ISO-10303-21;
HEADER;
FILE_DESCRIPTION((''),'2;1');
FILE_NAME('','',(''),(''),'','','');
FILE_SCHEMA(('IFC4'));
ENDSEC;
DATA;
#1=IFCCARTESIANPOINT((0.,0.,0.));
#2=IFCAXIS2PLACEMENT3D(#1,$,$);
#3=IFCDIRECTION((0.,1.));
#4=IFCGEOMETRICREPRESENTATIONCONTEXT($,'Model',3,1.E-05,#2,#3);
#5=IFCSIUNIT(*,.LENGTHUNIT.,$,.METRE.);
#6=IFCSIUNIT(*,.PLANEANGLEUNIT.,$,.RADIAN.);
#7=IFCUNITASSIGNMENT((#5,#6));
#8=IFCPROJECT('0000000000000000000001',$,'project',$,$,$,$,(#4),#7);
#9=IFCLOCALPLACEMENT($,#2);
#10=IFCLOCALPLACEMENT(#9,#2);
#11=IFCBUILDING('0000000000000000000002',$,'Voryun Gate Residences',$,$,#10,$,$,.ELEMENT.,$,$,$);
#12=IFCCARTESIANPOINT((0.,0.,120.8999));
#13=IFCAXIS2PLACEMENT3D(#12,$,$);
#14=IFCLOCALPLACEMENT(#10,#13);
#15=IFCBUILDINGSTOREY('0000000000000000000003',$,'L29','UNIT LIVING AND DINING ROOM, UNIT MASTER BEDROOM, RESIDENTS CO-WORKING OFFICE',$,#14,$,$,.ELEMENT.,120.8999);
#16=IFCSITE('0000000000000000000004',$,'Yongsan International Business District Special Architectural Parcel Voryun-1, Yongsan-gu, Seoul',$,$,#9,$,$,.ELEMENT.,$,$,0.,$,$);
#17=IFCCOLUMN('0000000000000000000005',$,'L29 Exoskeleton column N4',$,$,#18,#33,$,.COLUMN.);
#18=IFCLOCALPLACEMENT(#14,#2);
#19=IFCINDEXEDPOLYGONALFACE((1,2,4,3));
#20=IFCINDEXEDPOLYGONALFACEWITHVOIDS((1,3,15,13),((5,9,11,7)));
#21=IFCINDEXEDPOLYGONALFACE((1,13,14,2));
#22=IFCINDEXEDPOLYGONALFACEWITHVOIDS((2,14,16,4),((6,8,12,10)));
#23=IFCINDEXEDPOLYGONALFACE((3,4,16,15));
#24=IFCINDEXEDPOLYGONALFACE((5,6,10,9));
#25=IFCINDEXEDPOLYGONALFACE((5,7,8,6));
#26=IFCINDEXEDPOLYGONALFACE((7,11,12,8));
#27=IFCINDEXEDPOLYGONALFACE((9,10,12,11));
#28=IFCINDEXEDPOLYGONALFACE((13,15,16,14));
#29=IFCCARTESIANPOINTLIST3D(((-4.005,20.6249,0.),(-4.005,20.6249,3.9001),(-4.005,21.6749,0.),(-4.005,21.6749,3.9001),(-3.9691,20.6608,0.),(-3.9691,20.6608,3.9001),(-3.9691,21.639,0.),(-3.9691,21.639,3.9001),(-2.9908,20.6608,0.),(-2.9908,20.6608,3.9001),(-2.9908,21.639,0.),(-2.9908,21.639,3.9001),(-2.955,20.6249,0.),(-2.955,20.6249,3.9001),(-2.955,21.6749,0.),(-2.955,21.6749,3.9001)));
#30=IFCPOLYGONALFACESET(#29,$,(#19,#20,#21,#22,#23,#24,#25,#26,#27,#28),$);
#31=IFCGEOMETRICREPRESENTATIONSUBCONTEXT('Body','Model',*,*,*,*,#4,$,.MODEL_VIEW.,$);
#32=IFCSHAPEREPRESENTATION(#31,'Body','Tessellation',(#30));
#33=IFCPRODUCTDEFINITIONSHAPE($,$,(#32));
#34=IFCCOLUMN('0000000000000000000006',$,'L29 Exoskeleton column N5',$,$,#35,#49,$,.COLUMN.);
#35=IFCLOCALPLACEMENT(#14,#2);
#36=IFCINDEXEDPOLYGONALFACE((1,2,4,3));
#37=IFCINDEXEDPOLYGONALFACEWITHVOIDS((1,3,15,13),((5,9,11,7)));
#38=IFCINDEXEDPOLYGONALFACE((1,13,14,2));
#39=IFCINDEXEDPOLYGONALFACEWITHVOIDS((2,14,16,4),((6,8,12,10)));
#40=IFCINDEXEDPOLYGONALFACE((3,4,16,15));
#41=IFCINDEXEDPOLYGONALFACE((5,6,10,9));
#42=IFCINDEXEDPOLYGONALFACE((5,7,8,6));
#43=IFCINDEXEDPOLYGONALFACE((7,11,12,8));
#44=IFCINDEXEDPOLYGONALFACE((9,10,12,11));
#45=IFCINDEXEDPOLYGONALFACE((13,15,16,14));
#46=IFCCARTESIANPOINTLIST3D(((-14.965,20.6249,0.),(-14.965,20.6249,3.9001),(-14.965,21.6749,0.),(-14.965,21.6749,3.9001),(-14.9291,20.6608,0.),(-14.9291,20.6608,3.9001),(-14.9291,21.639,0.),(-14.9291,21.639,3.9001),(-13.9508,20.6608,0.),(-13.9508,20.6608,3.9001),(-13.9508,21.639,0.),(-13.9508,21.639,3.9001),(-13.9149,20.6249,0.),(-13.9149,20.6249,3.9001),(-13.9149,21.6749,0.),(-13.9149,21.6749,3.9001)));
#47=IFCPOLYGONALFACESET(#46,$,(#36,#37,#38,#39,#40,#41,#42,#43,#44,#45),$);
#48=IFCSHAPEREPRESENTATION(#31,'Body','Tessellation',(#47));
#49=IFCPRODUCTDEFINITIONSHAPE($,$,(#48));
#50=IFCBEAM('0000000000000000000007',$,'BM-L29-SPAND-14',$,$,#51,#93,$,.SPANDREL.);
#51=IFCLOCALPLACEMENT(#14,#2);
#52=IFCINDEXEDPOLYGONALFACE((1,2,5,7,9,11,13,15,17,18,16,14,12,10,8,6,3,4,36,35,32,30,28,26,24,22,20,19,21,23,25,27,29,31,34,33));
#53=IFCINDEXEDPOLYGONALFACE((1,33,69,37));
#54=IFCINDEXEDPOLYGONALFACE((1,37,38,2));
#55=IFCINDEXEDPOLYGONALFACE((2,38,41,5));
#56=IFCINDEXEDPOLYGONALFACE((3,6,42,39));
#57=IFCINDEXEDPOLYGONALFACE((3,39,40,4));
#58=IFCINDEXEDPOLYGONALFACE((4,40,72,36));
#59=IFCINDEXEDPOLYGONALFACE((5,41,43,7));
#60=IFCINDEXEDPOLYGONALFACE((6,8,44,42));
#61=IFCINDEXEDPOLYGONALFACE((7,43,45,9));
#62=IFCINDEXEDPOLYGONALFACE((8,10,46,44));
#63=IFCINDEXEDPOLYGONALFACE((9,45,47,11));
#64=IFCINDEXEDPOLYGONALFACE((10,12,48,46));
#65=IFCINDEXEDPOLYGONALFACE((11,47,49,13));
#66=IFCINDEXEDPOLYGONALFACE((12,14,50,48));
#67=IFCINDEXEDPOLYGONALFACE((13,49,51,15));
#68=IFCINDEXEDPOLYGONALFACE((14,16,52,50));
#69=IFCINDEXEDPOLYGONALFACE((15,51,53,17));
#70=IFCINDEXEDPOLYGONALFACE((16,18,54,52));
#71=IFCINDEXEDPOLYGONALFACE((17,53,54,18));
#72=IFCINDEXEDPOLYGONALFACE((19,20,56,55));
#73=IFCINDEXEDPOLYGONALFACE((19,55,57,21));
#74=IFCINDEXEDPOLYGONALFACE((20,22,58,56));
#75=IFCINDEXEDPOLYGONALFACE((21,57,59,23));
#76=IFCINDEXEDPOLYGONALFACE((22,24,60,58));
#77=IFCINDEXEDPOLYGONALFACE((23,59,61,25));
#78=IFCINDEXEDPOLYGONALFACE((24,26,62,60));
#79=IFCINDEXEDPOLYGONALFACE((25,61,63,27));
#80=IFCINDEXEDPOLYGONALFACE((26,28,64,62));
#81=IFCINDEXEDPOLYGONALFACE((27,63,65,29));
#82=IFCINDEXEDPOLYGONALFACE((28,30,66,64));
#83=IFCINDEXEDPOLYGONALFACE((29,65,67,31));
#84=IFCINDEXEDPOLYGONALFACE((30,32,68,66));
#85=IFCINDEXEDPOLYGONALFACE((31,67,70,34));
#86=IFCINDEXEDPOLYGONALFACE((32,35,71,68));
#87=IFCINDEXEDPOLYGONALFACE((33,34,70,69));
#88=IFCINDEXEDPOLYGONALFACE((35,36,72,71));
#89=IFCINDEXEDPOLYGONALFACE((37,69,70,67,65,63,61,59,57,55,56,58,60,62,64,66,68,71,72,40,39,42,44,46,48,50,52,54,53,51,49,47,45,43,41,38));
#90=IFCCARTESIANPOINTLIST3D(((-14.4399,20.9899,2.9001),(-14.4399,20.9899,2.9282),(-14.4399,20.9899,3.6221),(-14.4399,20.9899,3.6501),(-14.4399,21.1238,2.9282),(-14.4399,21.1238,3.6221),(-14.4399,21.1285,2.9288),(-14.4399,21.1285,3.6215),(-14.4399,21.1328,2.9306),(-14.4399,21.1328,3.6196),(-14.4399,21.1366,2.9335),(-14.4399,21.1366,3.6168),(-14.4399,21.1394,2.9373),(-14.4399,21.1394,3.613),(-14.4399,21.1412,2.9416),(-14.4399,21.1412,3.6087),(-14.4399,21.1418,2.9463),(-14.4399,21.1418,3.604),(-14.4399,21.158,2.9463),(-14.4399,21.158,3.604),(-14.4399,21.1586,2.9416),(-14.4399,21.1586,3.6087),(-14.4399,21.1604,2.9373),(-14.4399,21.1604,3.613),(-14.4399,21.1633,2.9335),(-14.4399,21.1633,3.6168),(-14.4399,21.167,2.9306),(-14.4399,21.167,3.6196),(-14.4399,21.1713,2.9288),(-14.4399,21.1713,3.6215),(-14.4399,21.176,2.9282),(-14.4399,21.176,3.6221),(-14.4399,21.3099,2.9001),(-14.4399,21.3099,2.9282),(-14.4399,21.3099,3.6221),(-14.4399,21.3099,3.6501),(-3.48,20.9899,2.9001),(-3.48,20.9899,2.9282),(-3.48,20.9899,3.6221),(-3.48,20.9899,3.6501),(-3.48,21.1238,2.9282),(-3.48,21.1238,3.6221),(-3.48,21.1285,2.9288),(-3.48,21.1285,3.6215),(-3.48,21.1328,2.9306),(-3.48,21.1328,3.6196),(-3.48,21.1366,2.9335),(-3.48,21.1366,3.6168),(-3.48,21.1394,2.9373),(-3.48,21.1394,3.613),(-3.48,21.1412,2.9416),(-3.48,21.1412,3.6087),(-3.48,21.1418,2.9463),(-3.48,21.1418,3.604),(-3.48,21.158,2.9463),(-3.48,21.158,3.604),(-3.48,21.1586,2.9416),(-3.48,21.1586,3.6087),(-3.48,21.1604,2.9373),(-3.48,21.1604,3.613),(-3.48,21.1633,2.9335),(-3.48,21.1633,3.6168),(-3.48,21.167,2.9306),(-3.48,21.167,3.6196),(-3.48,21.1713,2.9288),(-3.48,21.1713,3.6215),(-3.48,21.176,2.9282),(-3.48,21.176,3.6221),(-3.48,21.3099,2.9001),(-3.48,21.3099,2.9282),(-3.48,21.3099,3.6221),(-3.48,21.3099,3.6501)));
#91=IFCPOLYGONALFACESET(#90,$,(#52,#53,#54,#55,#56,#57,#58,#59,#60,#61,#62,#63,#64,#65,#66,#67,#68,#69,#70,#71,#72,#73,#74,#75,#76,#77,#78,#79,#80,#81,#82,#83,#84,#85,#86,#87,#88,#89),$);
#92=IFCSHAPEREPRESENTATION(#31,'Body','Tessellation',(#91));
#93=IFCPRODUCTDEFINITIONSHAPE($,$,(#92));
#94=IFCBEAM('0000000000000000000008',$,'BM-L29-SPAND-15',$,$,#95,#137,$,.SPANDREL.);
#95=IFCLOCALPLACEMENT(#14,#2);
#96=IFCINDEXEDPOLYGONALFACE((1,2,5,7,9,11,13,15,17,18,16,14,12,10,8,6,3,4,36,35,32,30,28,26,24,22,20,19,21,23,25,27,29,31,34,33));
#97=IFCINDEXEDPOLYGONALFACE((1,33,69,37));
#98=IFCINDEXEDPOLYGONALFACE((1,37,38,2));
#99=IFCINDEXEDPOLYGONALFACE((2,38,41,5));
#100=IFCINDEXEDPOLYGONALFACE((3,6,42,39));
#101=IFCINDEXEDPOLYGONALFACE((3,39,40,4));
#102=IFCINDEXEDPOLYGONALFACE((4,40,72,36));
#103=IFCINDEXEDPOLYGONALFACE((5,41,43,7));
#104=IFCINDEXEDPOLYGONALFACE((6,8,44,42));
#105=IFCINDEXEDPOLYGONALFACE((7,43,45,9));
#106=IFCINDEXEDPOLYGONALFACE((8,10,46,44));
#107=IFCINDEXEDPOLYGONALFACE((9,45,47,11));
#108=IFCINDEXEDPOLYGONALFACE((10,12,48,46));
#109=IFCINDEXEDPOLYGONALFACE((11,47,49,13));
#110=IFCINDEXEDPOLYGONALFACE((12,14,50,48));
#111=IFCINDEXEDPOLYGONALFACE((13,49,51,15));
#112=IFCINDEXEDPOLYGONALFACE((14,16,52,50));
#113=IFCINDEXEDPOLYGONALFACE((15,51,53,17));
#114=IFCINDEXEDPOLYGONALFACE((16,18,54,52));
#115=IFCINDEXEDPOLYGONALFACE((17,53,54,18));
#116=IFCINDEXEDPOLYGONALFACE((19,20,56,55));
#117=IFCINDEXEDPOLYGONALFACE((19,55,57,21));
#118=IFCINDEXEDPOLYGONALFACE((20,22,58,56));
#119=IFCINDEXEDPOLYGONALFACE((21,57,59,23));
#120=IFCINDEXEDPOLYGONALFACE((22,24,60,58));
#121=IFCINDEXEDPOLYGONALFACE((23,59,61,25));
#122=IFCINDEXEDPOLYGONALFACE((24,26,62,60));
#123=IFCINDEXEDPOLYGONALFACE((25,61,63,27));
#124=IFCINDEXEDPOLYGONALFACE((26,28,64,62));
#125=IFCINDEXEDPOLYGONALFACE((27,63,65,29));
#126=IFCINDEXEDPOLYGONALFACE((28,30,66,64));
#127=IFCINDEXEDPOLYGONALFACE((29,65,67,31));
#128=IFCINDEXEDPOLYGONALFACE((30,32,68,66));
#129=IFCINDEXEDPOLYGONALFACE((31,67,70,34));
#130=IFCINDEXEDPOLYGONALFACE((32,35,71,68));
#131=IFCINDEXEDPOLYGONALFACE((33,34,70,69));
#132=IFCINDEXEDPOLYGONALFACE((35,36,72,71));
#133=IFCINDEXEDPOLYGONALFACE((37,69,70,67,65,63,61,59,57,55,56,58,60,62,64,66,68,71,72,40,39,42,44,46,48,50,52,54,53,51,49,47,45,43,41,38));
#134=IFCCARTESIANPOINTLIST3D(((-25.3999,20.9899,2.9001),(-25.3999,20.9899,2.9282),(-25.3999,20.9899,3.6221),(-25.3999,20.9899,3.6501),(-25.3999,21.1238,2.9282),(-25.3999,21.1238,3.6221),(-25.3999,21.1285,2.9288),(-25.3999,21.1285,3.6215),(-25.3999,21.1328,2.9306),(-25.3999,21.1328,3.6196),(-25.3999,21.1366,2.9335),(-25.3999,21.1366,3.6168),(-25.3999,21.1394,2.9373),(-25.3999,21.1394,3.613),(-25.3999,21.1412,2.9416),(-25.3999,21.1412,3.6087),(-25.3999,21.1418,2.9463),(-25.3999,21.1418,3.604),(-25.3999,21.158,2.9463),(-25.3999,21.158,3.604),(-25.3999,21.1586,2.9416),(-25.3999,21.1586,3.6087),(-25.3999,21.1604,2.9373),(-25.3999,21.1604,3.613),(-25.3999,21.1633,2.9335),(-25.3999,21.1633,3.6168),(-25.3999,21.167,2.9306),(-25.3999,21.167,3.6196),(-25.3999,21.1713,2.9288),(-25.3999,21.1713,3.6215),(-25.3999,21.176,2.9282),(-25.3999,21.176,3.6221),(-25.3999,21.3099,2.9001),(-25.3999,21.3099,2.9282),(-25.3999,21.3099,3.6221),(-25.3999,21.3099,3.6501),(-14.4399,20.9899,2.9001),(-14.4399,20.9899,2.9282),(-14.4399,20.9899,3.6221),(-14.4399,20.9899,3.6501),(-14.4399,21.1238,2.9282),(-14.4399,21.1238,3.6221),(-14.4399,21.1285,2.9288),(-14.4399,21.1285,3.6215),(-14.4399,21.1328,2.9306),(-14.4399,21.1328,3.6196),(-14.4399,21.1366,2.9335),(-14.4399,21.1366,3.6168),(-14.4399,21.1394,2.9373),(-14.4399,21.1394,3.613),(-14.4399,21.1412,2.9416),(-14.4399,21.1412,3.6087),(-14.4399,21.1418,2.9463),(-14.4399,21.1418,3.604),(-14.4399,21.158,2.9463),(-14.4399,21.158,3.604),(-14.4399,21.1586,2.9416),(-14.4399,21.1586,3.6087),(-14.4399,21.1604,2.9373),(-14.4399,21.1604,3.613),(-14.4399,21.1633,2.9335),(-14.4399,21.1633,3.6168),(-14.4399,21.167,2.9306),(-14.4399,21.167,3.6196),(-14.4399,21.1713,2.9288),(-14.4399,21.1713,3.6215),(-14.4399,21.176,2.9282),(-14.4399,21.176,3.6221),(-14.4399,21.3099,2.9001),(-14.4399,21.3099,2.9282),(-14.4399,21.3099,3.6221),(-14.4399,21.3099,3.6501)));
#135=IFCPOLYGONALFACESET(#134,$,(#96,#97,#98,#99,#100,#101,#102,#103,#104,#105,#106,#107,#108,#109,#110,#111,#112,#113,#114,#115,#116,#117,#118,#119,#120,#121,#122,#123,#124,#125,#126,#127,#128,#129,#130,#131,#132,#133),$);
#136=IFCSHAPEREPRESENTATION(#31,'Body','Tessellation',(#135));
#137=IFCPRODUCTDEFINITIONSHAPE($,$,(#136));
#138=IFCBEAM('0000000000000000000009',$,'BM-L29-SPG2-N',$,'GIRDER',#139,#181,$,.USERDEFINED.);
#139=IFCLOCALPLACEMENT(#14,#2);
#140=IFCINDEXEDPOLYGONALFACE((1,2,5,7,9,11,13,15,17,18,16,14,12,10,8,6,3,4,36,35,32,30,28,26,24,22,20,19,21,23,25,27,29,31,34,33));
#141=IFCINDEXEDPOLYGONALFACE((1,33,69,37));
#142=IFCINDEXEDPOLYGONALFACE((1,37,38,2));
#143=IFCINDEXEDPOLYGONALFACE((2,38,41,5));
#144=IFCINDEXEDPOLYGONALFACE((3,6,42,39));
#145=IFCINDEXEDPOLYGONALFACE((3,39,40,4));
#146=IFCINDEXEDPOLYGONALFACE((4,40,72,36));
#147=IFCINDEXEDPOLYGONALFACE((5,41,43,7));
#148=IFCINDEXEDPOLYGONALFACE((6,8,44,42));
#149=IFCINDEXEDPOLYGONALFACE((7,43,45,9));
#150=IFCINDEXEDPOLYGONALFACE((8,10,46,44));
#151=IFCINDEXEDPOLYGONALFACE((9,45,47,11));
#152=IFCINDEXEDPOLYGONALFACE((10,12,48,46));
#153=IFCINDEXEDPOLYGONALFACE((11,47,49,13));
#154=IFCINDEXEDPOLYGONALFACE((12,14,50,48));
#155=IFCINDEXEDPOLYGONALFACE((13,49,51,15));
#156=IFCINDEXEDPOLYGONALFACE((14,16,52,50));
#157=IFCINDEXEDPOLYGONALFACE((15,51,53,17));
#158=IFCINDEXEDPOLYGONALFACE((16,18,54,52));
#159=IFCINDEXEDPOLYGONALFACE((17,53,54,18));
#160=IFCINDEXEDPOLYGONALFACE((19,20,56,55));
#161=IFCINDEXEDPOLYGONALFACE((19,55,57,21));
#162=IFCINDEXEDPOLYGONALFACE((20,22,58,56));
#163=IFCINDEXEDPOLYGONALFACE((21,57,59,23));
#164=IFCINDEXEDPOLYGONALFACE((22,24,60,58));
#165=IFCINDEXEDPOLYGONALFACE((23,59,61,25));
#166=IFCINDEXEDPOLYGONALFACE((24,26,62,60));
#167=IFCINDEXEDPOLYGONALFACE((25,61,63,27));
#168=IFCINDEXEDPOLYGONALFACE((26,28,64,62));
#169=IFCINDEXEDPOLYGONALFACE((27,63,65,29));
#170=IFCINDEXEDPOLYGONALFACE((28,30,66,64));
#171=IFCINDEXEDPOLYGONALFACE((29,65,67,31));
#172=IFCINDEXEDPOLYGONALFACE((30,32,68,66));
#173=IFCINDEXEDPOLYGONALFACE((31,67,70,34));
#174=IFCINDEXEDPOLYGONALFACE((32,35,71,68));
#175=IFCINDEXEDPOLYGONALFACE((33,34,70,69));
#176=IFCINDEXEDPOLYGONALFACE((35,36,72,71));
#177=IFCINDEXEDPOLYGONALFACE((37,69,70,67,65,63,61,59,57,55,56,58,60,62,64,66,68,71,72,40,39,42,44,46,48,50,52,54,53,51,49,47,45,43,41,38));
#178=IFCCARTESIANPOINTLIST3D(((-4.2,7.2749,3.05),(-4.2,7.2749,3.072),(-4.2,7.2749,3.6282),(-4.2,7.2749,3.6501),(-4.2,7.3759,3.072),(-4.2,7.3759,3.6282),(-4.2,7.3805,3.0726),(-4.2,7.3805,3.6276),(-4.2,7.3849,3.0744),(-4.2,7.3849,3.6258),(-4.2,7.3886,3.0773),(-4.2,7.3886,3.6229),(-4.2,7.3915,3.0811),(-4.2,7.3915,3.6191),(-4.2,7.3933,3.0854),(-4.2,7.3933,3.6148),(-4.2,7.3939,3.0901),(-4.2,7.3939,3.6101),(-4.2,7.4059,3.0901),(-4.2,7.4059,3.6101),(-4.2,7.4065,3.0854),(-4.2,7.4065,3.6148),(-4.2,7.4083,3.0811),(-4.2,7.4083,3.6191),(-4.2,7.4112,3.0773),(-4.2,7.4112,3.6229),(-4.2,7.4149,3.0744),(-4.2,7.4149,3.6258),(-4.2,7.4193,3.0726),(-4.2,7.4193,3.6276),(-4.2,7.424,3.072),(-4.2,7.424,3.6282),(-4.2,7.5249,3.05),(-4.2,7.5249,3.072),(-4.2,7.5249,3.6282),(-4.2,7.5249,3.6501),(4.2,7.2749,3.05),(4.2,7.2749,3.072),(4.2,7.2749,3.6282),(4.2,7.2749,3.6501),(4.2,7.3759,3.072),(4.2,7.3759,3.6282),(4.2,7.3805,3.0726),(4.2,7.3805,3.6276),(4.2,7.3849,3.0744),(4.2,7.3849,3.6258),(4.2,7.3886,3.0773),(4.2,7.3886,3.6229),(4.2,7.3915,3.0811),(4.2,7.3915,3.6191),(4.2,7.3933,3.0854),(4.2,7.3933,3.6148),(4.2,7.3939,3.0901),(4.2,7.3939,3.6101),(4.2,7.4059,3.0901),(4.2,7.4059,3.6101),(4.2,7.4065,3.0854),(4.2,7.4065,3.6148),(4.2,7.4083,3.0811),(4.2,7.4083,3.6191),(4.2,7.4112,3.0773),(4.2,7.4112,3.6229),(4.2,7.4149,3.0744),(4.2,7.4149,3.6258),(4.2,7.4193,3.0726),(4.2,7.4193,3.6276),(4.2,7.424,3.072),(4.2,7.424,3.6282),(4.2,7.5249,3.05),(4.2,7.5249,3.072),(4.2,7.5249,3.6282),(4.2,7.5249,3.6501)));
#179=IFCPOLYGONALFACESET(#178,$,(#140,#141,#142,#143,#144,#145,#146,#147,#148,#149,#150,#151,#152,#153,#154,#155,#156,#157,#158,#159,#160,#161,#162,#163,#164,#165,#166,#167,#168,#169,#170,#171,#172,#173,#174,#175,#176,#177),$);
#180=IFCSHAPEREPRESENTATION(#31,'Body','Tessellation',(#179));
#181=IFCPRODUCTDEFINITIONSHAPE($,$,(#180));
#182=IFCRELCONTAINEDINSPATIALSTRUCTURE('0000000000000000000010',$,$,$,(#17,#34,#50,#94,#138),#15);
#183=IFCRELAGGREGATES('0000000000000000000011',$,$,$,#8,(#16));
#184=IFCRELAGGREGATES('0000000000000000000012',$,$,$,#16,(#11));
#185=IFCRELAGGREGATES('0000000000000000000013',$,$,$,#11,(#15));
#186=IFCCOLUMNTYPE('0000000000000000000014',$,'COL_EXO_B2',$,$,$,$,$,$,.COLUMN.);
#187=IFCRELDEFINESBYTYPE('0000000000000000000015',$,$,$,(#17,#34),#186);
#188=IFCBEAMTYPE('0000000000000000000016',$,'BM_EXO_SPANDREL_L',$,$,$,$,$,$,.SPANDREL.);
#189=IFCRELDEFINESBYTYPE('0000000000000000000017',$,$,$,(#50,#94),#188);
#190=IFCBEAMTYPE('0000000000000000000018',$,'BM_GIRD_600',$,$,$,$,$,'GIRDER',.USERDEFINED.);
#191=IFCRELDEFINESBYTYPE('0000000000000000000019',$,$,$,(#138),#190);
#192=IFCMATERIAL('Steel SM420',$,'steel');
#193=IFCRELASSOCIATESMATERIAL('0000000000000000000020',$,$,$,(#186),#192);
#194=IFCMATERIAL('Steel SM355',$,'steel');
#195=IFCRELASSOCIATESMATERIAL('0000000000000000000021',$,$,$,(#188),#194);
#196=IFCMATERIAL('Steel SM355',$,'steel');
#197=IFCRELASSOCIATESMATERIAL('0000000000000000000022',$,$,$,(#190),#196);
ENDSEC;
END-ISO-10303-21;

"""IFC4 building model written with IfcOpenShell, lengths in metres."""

from ifc_helpers import new_model, si_unit, direction, frame, origin, origin_2d, place, context, subcontext, project, spatial, hollow_rectangle, i_section, extrude, material, material_profile, profile_set, type_object, element, save


model = new_model("IFC4")

# Units and contexts
model_context = context("Model", 3, precision=1e-05, world=origin(), true_north=direction((0.0, 1.0)))
body_context = subcontext(model_context, "Body", "Model", "MODEL_VIEW")
ifc_project = project(units=[si_unit("LENGTHUNIT", "METRE"), si_unit("PLANEANGLEUNIT", "RADIAN")], contexts=[model_context])

# Site, building, storey
site_placement = place(None, origin())
site = spatial("IfcSite", under=ifc_project, at=site_placement, Name="Yongsan International Business District Special Architectural Parcel Voryun-1, Yongsan-gu, Seoul", CompositionType="ELEMENT", RefElevation=0.0)
building_placement = place(site_placement, origin())
building = spatial("IfcBuilding", under=site, at=building_placement, Name="Voryun Gate Residences", CompositionType="ELEMENT")
storey_placement = place(building_placement, frame((0.0, 0.0, 120.8999)))
storey = spatial("IfcBuildingStorey", under=building, at=storey_placement, Name="L29", Description="UNIT LIVING AND DINING ROOM, UNIT MASTER BEDROOM, RESIDENTS CO-WORKING OFFICE", CompositionType="ELEMENT", Elevation=120.8999)

# Columns
ifc_material_1 = material(Name="Steel SM420", Category="steel")
ifc_material_profile_1 = material_profile(ifc_material_1, hollow_rectangle(XDim=1.05, YDim=1.05, WallThickness=0.0359, at=origin_2d()), Name="BOX-1050x1050x36")
ifc_profile_set_1 = profile_set([ifc_material_profile_1], Name="Steel SM420")
column_type = type_object("IfcColumnType", Name="COL_EXO_B2", PredefinedType="COLUMN", material=ifc_profile_set_1)
for number, where, z_axis, x_axis, name in (
    (1, (-3.48, 21.1499, 0.0), (0.0, 0.0, 1.0), (1.0, 0.0, 0.0), "L29 Exoskeleton column N4"),
    (2, (-14.4399, 21.1499, 0.0), (0.0, 0.0, 1.0), (1.0, 0.0, 0.0), "L29 Exoskeleton column N5"),
):
    element("IfcColumn", number, at=place(storey_placement, frame(where, z_axis=z_axis, x_axis=x_axis)), inside=storey, type_object=column_type, Name=name, PredefinedType="COLUMN", context=body_context, shape_type="SweptSolid", body=[
        extrude(hollow_rectangle(XDim=1.05, YDim=1.05, WallThickness=0.0359, at=origin_2d()), origin(), (0.0, 0.0, 1.0), 3.9001),
    ])

# Beams
ifc_material_2 = material(Name="Steel SM355", Category="steel")
ifc_material_profile_2 = material_profile(ifc_material_2, i_section(OverallWidth=0.3201, OverallDepth=0.75, WebThickness=0.0161, FlangeThickness=0.0281, FilletRadius=0.0181, at=origin_2d()), Name="H-750x320x16x28")
ifc_profile_set_2 = profile_set([ifc_material_profile_2], Name="Steel SM355")
beam_type_1 = type_object("IfcBeamType", Name="BM_EXO_SPANDREL_L", PredefinedType="SPANDREL", material=ifc_profile_set_2)
for number, where, z_axis, x_axis, name in (
    (3, (-3.48, 21.1499, 3.2751), (-1.0, 0.0, 0.0), (0.0, -1.0, 0.0), "BM-L29-SPAND-14"),
    (4, (-14.4399, 21.1499, 3.2751), (-1.0, 0.0, 0.0), (0.0, -1.0, 0.0), "BM-L29-SPAND-15"),
):
    element("IfcBeam", number, at=place(storey_placement, frame(where, z_axis=z_axis, x_axis=x_axis)), inside=storey, type_object=beam_type_1, Name=name, PredefinedType="SPANDREL", context=body_context, shape_type="SweptSolid", body=[
        extrude(i_section(OverallWidth=0.3201, OverallDepth=0.75, WebThickness=0.0161, FlangeThickness=0.0281, FilletRadius=0.0181, at=origin_2d()), origin(), (0.0, 0.0, 1.0), 10.96),
    ])
ifc_material_3 = material(Name="Steel SM355", Category="steel")
ifc_material_profile_3 = material_profile(ifc_material_3, i_section(OverallWidth=0.25, OverallDepth=0.6001, WebThickness=0.012, FlangeThickness=0.022, FilletRadius=0.0181, at=origin_2d()), Name="H-600x250x12x22")
ifc_profile_set_3 = profile_set([ifc_material_profile_3], Name="Steel SM355")
beam_type_2 = type_object("IfcBeamType", Name="BM_GIRD_600", ElementType="GIRDER", PredefinedType="USERDEFINED", material=ifc_profile_set_3)
beam_1_placement = place(storey_placement, frame((-4.2, 7.3999, 3.3501), z_axis=(1.0, 0.0, 0.0), x_axis=(0.0, 1.0, 0.0)))
element("IfcBeam", 5, at=beam_1_placement, inside=storey, type_object=beam_type_2, Name="BM-L29-SPG2-N", ObjectType="GIRDER", PredefinedType="USERDEFINED", context=body_context, shape_type="SweptSolid", body=[
    extrude(i_section(OverallWidth=0.25, OverallDepth=0.6001, WebThickness=0.012, FlangeThickness=0.022, FilletRadius=0.0181, at=origin_2d()), origin(), (0.0, 0.0, 1.0), 8.3999),
])

save(model, "model.ifc")
